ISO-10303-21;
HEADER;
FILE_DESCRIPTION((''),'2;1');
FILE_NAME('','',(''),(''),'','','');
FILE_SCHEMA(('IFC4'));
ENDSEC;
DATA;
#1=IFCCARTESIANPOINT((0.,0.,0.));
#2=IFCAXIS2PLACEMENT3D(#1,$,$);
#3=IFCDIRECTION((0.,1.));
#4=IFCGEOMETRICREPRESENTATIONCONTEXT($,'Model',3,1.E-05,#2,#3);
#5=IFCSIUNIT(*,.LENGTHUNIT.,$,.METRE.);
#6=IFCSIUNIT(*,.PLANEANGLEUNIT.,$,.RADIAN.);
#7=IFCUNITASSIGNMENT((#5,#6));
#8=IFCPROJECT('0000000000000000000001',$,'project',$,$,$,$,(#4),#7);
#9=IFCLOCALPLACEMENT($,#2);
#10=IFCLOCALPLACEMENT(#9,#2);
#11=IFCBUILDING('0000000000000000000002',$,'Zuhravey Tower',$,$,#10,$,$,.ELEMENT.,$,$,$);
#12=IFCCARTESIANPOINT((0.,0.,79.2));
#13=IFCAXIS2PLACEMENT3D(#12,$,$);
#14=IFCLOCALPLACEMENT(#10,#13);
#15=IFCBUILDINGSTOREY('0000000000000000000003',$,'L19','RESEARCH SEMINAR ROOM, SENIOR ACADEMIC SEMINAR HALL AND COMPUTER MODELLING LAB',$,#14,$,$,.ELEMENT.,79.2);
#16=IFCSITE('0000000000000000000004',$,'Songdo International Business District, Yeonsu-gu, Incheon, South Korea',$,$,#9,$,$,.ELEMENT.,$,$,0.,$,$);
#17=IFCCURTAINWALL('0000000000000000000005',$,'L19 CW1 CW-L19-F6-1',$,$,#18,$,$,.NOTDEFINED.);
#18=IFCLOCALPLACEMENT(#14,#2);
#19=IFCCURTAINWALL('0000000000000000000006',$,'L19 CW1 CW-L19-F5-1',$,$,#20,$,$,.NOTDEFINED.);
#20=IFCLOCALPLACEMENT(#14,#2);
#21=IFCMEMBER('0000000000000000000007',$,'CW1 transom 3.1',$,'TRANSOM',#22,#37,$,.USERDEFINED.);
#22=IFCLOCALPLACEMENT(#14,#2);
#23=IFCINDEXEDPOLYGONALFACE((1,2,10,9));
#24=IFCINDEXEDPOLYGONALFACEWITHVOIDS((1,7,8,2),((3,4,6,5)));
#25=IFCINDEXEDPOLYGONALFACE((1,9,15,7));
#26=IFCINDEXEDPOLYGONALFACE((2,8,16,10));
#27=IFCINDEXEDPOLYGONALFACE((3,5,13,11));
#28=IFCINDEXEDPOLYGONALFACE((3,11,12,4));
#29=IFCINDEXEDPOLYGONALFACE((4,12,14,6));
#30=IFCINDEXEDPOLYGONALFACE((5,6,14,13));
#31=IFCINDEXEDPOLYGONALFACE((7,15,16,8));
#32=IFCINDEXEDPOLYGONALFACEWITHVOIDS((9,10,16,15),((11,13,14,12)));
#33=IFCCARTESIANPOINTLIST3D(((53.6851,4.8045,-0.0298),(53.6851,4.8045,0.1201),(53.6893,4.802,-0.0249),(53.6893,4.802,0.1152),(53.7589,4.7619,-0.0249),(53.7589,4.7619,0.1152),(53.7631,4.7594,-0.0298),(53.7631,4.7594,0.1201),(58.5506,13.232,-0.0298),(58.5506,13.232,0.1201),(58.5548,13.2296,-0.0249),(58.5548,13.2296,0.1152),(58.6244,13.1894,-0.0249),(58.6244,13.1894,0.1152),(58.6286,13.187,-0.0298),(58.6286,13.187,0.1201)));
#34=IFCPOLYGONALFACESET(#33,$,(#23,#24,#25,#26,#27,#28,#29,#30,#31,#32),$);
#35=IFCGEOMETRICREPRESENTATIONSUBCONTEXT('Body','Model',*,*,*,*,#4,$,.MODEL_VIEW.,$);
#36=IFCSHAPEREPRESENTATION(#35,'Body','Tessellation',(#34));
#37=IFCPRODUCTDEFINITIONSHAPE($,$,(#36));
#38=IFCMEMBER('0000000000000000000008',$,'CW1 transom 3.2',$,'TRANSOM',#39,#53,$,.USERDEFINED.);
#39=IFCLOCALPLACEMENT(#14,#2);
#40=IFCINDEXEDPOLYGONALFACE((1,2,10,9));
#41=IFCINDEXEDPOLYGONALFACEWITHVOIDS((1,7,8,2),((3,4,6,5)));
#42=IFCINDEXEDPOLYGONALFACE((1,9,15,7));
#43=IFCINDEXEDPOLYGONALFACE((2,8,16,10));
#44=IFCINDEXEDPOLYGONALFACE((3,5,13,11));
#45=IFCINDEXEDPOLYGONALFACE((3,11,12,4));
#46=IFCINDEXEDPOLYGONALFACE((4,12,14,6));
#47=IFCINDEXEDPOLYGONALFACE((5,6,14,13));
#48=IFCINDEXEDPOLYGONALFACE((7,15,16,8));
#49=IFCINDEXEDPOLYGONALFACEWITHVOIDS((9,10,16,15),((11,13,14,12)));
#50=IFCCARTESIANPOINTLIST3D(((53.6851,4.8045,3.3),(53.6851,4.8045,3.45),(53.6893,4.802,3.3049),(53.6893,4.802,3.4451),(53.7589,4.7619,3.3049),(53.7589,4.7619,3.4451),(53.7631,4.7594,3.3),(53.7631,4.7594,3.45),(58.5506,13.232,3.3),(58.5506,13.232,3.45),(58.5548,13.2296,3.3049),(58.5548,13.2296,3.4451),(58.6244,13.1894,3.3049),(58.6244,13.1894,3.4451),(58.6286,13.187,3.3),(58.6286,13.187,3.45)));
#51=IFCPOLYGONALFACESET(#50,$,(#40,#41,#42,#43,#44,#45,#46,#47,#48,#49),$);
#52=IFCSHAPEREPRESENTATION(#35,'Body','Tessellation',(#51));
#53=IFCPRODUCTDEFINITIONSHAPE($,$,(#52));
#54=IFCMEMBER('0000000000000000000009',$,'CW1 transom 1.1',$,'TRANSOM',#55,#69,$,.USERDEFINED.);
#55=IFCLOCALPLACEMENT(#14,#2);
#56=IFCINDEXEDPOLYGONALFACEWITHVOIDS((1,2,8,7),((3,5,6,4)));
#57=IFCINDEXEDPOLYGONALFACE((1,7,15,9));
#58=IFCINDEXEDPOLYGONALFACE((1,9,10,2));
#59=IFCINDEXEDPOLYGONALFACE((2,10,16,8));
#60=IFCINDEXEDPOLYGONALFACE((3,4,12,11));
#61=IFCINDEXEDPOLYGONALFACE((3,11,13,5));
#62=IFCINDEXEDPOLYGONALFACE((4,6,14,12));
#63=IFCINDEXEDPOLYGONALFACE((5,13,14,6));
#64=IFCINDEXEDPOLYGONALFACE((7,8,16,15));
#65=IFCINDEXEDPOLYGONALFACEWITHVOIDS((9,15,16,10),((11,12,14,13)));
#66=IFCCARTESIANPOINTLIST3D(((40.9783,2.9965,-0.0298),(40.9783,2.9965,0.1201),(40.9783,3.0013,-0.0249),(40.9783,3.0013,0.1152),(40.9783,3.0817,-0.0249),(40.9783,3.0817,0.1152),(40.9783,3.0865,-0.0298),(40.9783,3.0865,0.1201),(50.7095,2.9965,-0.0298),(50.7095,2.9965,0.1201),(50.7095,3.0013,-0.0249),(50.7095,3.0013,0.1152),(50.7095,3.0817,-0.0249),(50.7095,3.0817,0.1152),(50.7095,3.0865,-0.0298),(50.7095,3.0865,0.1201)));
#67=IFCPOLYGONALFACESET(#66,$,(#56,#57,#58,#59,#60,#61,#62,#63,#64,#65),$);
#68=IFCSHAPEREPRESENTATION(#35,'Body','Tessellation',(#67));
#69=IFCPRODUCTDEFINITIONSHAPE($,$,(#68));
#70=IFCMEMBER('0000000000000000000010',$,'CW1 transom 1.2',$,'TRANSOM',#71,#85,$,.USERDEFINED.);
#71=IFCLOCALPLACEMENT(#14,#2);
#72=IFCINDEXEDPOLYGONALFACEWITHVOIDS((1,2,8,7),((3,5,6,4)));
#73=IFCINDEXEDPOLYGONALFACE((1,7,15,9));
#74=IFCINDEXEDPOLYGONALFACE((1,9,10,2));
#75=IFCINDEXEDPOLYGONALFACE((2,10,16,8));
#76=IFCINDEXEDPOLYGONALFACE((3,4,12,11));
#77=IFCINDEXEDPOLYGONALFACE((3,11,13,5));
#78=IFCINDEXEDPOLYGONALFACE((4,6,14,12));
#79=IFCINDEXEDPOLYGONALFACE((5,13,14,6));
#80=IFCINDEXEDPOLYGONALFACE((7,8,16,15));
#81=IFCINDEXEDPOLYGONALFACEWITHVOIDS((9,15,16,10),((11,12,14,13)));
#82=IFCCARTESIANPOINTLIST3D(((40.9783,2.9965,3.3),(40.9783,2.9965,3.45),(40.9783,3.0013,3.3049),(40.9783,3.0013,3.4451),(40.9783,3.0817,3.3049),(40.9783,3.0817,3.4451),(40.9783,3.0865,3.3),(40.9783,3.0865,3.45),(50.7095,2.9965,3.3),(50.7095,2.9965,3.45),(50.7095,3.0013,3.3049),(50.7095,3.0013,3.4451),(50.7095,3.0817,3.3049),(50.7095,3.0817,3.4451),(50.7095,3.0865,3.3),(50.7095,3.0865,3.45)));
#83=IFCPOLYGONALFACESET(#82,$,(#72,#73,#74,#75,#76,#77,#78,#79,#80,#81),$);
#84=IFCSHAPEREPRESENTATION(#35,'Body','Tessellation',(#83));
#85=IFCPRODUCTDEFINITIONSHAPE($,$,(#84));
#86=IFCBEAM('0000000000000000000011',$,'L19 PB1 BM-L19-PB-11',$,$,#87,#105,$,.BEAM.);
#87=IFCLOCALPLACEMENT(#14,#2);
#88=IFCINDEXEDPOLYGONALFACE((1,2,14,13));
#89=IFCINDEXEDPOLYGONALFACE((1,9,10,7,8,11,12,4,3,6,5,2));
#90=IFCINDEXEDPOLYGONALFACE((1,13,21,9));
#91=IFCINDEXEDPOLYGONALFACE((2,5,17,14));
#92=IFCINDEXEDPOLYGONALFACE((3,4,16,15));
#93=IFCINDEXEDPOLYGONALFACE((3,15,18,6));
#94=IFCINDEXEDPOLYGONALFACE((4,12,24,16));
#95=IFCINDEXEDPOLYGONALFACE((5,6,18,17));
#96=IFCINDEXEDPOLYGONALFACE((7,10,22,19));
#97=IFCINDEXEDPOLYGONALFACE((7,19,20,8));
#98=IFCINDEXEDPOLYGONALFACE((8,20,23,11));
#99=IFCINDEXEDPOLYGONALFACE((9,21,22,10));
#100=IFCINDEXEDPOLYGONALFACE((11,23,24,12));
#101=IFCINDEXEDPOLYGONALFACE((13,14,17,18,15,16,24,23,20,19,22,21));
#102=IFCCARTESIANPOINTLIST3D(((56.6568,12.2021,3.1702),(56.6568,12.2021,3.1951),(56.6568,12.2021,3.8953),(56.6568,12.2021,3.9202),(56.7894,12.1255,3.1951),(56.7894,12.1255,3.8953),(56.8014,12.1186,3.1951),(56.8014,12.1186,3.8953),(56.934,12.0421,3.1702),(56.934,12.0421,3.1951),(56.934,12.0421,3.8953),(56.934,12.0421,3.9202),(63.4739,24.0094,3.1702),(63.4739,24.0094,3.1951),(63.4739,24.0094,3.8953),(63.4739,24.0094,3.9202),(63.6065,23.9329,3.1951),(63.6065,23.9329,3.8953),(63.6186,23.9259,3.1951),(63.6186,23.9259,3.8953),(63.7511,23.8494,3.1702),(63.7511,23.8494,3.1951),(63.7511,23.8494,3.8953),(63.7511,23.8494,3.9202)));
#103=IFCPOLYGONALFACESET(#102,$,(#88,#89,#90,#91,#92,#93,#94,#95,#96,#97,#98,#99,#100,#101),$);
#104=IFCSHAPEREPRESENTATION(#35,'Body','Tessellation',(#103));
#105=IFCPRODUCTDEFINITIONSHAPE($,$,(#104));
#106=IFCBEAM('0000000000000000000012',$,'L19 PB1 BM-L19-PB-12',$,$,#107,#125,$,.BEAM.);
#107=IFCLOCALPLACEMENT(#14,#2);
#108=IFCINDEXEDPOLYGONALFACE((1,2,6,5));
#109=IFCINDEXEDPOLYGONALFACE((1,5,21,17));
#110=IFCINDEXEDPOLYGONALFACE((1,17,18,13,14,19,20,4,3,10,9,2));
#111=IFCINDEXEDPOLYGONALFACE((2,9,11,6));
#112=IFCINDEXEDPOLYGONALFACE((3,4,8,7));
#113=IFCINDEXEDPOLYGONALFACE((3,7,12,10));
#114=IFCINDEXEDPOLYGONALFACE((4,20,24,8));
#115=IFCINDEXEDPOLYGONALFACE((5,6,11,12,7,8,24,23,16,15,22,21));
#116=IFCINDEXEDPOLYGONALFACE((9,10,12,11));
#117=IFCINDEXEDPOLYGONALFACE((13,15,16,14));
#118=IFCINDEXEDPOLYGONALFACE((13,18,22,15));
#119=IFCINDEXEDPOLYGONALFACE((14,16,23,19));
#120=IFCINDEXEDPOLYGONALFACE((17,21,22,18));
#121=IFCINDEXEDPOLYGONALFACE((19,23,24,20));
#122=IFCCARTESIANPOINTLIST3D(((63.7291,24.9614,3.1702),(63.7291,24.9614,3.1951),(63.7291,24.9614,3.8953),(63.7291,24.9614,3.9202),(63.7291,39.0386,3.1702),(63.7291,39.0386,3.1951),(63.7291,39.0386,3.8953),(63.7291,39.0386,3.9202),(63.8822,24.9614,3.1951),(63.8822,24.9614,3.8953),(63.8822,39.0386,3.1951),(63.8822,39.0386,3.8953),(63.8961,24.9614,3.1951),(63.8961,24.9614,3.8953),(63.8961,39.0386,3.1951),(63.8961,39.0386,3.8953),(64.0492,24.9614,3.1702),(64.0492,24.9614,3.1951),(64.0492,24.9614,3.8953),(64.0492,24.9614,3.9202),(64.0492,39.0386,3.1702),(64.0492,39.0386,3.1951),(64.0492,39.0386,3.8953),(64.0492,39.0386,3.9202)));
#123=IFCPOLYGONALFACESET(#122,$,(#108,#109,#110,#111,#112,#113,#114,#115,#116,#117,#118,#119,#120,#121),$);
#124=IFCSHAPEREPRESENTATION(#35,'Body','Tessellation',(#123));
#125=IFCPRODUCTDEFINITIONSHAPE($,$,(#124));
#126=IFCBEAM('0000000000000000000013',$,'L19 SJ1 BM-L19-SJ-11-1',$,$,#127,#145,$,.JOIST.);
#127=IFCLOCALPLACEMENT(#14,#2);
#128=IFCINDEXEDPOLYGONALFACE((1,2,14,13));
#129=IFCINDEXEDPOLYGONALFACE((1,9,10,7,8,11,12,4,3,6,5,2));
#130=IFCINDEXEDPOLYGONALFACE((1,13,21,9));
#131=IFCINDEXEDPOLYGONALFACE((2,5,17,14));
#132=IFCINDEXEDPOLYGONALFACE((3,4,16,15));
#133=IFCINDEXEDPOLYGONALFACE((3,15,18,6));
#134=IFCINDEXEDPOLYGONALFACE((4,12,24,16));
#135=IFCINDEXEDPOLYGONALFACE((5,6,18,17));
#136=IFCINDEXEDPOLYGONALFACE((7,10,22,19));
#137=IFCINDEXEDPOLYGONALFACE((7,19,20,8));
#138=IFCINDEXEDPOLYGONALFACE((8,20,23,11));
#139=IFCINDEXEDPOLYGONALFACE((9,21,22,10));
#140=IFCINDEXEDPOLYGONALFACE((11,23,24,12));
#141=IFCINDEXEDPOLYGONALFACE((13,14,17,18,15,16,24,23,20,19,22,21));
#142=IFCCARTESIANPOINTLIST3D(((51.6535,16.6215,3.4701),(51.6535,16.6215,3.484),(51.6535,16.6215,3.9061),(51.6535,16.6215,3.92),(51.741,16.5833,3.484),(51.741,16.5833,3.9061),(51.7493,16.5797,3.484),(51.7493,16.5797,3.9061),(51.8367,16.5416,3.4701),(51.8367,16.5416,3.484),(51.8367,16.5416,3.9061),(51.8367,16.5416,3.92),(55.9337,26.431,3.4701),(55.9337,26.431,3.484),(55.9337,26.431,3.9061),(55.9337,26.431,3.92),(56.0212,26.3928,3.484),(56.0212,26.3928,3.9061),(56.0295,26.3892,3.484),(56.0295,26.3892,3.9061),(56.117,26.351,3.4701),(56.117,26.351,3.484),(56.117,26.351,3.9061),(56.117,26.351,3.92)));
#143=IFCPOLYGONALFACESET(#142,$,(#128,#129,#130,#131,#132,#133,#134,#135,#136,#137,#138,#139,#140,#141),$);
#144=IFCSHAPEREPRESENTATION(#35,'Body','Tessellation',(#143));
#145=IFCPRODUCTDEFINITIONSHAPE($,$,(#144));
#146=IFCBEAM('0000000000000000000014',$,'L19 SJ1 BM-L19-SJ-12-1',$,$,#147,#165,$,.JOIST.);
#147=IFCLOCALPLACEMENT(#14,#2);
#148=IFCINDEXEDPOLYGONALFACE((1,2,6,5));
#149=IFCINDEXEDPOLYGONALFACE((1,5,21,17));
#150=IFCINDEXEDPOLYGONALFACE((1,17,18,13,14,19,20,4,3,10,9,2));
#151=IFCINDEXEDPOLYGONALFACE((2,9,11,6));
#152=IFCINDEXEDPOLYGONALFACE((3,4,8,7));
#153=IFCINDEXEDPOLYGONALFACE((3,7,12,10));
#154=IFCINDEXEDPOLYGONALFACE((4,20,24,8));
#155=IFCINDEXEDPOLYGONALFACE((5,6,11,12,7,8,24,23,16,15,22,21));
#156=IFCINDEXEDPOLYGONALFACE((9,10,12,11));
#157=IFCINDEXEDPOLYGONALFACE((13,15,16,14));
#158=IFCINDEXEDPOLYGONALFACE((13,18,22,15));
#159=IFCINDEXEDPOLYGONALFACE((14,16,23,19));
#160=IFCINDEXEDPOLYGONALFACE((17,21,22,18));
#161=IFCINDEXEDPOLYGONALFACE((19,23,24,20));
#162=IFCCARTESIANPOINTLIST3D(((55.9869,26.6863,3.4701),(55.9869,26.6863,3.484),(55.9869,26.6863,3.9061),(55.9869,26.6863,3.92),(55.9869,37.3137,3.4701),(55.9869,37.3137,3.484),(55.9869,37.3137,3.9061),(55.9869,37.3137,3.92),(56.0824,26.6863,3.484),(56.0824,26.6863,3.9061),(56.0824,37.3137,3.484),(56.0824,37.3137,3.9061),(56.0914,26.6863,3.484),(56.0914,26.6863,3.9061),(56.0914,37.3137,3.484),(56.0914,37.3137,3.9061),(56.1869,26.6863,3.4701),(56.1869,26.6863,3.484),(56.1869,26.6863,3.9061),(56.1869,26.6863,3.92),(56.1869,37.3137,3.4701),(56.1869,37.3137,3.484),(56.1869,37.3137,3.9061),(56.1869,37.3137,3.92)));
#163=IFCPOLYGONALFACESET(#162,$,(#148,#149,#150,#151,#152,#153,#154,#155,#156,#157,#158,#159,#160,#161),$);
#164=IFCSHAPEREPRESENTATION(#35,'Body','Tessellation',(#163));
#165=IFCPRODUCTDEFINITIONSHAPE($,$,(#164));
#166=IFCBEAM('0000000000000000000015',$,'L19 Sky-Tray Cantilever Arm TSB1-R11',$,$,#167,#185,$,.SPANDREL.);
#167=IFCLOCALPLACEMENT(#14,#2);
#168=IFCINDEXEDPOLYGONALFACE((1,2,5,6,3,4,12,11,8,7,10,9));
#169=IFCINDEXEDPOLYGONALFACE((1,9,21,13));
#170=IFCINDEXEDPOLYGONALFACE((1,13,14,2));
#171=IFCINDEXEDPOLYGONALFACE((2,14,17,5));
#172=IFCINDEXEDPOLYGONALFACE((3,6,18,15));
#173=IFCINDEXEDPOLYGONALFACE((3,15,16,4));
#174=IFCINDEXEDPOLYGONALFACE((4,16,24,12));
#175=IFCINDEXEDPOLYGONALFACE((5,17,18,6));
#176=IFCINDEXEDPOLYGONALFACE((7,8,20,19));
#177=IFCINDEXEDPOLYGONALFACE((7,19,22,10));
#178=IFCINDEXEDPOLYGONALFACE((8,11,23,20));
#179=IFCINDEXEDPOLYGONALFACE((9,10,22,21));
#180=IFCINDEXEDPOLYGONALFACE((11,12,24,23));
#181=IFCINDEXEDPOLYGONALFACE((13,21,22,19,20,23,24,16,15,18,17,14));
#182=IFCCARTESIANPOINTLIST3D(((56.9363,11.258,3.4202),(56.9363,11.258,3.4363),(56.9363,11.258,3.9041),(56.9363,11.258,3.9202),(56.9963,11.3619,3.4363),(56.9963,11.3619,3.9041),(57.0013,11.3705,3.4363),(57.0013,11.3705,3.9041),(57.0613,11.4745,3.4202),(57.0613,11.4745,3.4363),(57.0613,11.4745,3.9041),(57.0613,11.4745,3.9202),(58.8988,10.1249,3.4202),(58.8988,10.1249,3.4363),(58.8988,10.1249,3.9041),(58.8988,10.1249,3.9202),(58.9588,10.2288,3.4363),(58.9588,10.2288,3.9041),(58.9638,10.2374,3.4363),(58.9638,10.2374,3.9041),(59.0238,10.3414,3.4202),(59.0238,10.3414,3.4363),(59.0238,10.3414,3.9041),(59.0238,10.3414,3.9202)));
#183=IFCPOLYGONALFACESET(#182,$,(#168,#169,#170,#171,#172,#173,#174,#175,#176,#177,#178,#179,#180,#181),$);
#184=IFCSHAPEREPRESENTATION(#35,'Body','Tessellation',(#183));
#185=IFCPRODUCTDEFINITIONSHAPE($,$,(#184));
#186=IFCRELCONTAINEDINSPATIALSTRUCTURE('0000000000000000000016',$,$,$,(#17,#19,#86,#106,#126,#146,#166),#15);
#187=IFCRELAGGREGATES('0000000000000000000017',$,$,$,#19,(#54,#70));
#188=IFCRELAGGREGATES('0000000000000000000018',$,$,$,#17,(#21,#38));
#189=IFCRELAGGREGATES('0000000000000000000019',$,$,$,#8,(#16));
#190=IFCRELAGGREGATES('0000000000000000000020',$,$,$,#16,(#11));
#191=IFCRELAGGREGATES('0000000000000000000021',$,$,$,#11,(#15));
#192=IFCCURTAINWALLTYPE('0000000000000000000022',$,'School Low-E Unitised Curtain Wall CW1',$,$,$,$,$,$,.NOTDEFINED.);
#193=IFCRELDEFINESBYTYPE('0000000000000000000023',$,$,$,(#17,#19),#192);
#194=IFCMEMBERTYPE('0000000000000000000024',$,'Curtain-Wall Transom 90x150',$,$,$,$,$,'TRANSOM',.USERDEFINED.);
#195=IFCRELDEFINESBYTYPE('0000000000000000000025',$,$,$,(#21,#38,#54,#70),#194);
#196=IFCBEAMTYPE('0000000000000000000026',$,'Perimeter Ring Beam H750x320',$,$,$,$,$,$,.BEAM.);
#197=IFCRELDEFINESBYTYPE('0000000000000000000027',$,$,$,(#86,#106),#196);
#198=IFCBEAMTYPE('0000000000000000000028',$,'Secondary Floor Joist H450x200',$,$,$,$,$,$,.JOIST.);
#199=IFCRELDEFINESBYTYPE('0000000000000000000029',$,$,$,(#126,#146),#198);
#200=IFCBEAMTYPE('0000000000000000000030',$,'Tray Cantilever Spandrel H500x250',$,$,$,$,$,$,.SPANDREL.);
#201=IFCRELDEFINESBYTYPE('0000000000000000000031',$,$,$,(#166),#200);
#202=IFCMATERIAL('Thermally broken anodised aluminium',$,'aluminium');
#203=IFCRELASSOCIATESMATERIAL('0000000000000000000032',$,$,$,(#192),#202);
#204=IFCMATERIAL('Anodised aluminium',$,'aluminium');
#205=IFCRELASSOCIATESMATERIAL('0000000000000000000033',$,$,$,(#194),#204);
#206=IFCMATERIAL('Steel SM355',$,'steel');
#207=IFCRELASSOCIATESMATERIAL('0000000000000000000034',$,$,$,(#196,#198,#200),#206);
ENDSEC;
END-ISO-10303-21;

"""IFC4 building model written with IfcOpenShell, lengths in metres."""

from ifc_helpers import new_model, si_unit, direction, frame, origin, origin_2d, place, context, subcontext, project, spatial, hollow_rectangle, i_section, extrude, material, material_profile, profile_set, type_object, element, aggregate, save


model = new_model("IFC4")

# Units and contexts
model_context = context("Model", 3, precision=1e-05, world=origin(), true_north=direction((0.0, 1.0)))
body_context = subcontext(model_context, "Body", "Model", "MODEL_VIEW")
ifc_project = project(units=[si_unit("LENGTHUNIT", "METRE"), si_unit("PLANEANGLEUNIT", "RADIAN")], contexts=[model_context])

# Site, building, storey
site_placement = place(None, origin())
site = spatial("IfcSite", under=ifc_project, at=site_placement, Name="Songdo International Business District, Yeonsu-gu, Incheon, South Korea", CompositionType="ELEMENT", RefElevation=0.0)
building_placement = place(site_placement, origin())
building = spatial("IfcBuilding", under=site, at=building_placement, Name="Zuhravey Tower", CompositionType="ELEMENT")
storey_placement = place(building_placement, frame((0.0, 0.0, 79.2)))
storey = spatial("IfcBuildingStorey", under=building, at=storey_placement, Name="L19", Description="RESEARCH SEMINAR ROOM, SENIOR ACADEMIC SEMINAR HALL AND COMPUTER MODELLING LAB", CompositionType="ELEMENT", Elevation=79.2)

# Curtain wall
ifc_material_1 = material(Name="Thermally broken anodised aluminium", Category="aluminium")
curtain_wall_type = type_object("IfcCurtainWallType", Name="School Low-E Unitised Curtain Wall CW1", PredefinedType="NOTDEFINED", material=ifc_material_1)
curtain_wall_1_placement = place(storey_placement, origin())
curtain_wall_1 = element("IfcCurtainWall", 1, at=curtain_wall_1_placement, inside=storey, type_object=curtain_wall_type, Name="L19 CW1 CW-L19-F6-1", PredefinedType="NOTDEFINED")
ifc_material_2 = material(Name="Anodised aluminium", Category="aluminium")

# Curtain wall
curtain_wall_2_placement = place(storey_placement, origin())
curtain_wall_2 = element("IfcCurtainWall", 2, at=curtain_wall_2_placement, inside=storey, type_object=curtain_wall_type, Name="L19 CW1 CW-L19-F5-1", PredefinedType="NOTDEFINED")

# Members
ifc_material_profile_1 = material_profile(ifc_material_2, hollow_rectangle(XDim=0.0901, YDim=0.1499, WallThickness=0.0049, at=origin_2d()), Name="ALU-RHS-90x150x5")
ifc_profile_set_1 = profile_set([ifc_material_profile_1], Name="Anodised aluminium")
member_type_1 = type_object("IfcMemberType", Name="Curtain-Wall Transom 90x150", ElementType="TRANSOM", PredefinedType="USERDEFINED", material=ifc_profile_set_1)
member_1_placement = place(storey_placement, frame((58.5896, 13.2095, 0.0452), z_axis=(-0.49999, -0.866031, 0.0), x_axis=(0.866031, -0.49999, 0.0)))
member_1 = element("IfcMember", 3, at=member_1_placement, type_object=member_type_1, Name="CW1 transom 3.1", ObjectType="TRANSOM", PredefinedType="USERDEFINED", context=body_context, shape_type="SweptSolid", body=[
    extrude(hollow_rectangle(XDim=0.0901, YDim=0.1499, WallThickness=0.0049, at=origin_2d()), origin(), (0.0, 0.0, 1.0), 9.7312),
])
member_2_placement = place(storey_placement, frame((58.5896, 13.2095, 3.375), z_axis=(-0.49999, -0.866031, 0.0), x_axis=(0.866031, -0.49999, 0.0)))
member_2 = element("IfcMember", 4, at=member_2_placement, type_object=member_type_1, Name="CW1 transom 3.2", ObjectType="TRANSOM", PredefinedType="USERDEFINED", context=body_context, shape_type="SweptSolid", body=[
    extrude(hollow_rectangle(XDim=0.0901, YDim=0.1499, WallThickness=0.0049, at=origin_2d()), origin(), (0.0, 0.0, 1.0), 9.7312),
])
member_3_placement = place(storey_placement, frame((50.7095, 3.0415, 0.0452), z_axis=(-1.0, 0.0, 0.0), x_axis=(0.0, -1.0, 0.0)))
member_3 = element("IfcMember", 5, at=member_3_placement, type_object=member_type_1, Name="CW1 transom 1.1", ObjectType="TRANSOM", PredefinedType="USERDEFINED", context=body_context, shape_type="SweptSolid", body=[
    extrude(hollow_rectangle(XDim=0.0901, YDim=0.1499, WallThickness=0.0049, at=origin_2d()), origin(), (0.0, 0.0, 1.0), 9.7312),
])
member_4_placement = place(storey_placement, frame((50.7095, 3.0415, 3.375), z_axis=(-1.0, 0.0, 0.0), x_axis=(0.0, -1.0, 0.0)))
member_4 = element("IfcMember", 6, at=member_4_placement, type_object=member_type_1, Name="CW1 transom 1.2", ObjectType="TRANSOM", PredefinedType="USERDEFINED", context=body_context, shape_type="SweptSolid", body=[
    extrude(hollow_rectangle(XDim=0.0901, YDim=0.1499, WallThickness=0.0049, at=origin_2d()), origin(), (0.0, 0.0, 1.0), 9.7312),
])
aggregate(curtain_wall_2, [member_3, member_4])

# Beams
ifc_material_3 = material(Name="Steel SM355", Category="steel")
ifc_material_profile_2 = material_profile(ifc_material_3, i_section(OverallWidth=0.3201, OverallDepth=0.75, WebThickness=0.0139, FlangeThickness=0.0249, at=origin_2d()), Name="H-750x320x14x25")
ifc_profile_set_2 = profile_set([ifc_material_profile_2], Name="Steel SM355")
beam_type_1 = type_object("IfcBeamType", Name="Perimeter Ring Beam H750x320", PredefinedType="BEAM", material=ifc_profile_set_2)
beam_1_placement = place(storey_placement, frame((56.7954, 12.1221, 3.5452), z_axis=(0.500008, 0.866021, 0.0), x_axis=(-0.866021, 0.500008, 0.0)))
element("IfcBeam", 7, at=beam_1_placement, inside=storey, type_object=beam_type_1, Name="L19 PB1 BM-L19-PB-11", PredefinedType="BEAM", context=body_context, shape_type="SweptSolid", body=[
    extrude(i_section(OverallWidth=0.3201, OverallDepth=0.75, WebThickness=0.0139, FlangeThickness=0.0249, at=origin_2d()), origin(), (0.0, 0.0, 1.0), 13.634),
])
beam_2_placement = place(storey_placement, frame((63.8892, 24.9614, 3.5452), z_axis=(0.0, 1.0, 0.0), x_axis=(-1.0, 0.0, 0.0)))
element("IfcBeam", 8, at=beam_2_placement, inside=storey, type_object=beam_type_1, Name="L19 PB1 BM-L19-PB-12", PredefinedType="BEAM", context=body_context, shape_type="SweptSolid", body=[
    extrude(i_section(OverallWidth=0.3201, OverallDepth=0.75, WebThickness=0.0139, FlangeThickness=0.0249, at=origin_2d()), origin(), (0.0, 0.0, 1.0), 14.0771),
])
ifc_material_profile_3 = material_profile(ifc_material_3, i_section(OverallWidth=0.2, OverallDepth=0.45, WebThickness=0.009, FlangeThickness=0.0139, at=origin_2d()), Name="H-450x200x9x14")
ifc_profile_set_3 = profile_set([ifc_material_profile_3], Name="Steel SM355")
beam_type_2 = type_object("IfcBeamType", Name="Secondary Floor Joist H450x200", PredefinedType="JOIST", material=ifc_profile_set_3)
beam_3_placement = place(storey_placement, frame((51.7451, 16.5815, 3.6951), z_axis=(0.399924, 0.916549, 0.0), x_axis=(-0.916549, 0.399924, 0.0)))
element("IfcBeam", 9, at=beam_3_placement, inside=storey, type_object=beam_type_2, Name="L19 SJ1 BM-L19-SJ-11-1", PredefinedType="JOIST", context=body_context, shape_type="SweptSolid", body=[
    extrude(i_section(OverallWidth=0.2, OverallDepth=0.45, WebThickness=0.009, FlangeThickness=0.0139, at=origin_2d()), origin(), (0.0, 0.0, 1.0), 10.7026),
])
beam_4_placement = place(storey_placement, frame((56.0869, 26.6863, 3.6951), z_axis=(0.0, 1.0, 0.0), x_axis=(-1.0, 0.0, 0.0)))
element("IfcBeam", 10, at=beam_4_placement, inside=storey, type_object=beam_type_2, Name="L19 SJ1 BM-L19-SJ-12-1", PredefinedType="JOIST", context=body_context, shape_type="SweptSolid", body=[
    extrude(i_section(OverallWidth=0.2, OverallDepth=0.45, WebThickness=0.009, FlangeThickness=0.0139, at=origin_2d()), origin(), (0.0, 0.0, 1.0), 10.6274),
])
ifc_material_profile_4 = material_profile(ifc_material_3, i_section(OverallWidth=0.25, OverallDepth=0.5, WebThickness=0.01, FlangeThickness=0.0161, at=origin_2d()), Name="H-500x250x10x16")
ifc_profile_set_4 = profile_set([ifc_material_profile_4], Name="Steel SM355")
beam_type_3 = type_object("IfcBeamType", Name="Tray Cantilever Spandrel H500x250", PredefinedType="SPANDREL", material=ifc_profile_set_4)
for number, where, z_axis, x_axis, name in (
    (11, (56.9988, 11.3662, 3.6702), (0.866013, -0.500021, 0.0), (0.500021, 0.866013, 0.0), "L19 Sky-Tray Cantilever Arm TSB1-R11"),
):
    element("IfcBeam", number, at=place(storey_placement, frame(where, z_axis=z_axis, x_axis=x_axis)), inside=storey, type_object=beam_type_3, Name=name, PredefinedType="SPANDREL", context=body_context, shape_type="SweptSolid", body=[
        extrude(i_section(OverallWidth=0.25, OverallDepth=0.5, WebThickness=0.01, FlangeThickness=0.0161, at=origin_2d()), origin(), (0.0, 0.0, 1.0), 2.2661),
    ])

aggregate(curtain_wall_1, [member_1, member_2])

save(model, "model.ifc")
